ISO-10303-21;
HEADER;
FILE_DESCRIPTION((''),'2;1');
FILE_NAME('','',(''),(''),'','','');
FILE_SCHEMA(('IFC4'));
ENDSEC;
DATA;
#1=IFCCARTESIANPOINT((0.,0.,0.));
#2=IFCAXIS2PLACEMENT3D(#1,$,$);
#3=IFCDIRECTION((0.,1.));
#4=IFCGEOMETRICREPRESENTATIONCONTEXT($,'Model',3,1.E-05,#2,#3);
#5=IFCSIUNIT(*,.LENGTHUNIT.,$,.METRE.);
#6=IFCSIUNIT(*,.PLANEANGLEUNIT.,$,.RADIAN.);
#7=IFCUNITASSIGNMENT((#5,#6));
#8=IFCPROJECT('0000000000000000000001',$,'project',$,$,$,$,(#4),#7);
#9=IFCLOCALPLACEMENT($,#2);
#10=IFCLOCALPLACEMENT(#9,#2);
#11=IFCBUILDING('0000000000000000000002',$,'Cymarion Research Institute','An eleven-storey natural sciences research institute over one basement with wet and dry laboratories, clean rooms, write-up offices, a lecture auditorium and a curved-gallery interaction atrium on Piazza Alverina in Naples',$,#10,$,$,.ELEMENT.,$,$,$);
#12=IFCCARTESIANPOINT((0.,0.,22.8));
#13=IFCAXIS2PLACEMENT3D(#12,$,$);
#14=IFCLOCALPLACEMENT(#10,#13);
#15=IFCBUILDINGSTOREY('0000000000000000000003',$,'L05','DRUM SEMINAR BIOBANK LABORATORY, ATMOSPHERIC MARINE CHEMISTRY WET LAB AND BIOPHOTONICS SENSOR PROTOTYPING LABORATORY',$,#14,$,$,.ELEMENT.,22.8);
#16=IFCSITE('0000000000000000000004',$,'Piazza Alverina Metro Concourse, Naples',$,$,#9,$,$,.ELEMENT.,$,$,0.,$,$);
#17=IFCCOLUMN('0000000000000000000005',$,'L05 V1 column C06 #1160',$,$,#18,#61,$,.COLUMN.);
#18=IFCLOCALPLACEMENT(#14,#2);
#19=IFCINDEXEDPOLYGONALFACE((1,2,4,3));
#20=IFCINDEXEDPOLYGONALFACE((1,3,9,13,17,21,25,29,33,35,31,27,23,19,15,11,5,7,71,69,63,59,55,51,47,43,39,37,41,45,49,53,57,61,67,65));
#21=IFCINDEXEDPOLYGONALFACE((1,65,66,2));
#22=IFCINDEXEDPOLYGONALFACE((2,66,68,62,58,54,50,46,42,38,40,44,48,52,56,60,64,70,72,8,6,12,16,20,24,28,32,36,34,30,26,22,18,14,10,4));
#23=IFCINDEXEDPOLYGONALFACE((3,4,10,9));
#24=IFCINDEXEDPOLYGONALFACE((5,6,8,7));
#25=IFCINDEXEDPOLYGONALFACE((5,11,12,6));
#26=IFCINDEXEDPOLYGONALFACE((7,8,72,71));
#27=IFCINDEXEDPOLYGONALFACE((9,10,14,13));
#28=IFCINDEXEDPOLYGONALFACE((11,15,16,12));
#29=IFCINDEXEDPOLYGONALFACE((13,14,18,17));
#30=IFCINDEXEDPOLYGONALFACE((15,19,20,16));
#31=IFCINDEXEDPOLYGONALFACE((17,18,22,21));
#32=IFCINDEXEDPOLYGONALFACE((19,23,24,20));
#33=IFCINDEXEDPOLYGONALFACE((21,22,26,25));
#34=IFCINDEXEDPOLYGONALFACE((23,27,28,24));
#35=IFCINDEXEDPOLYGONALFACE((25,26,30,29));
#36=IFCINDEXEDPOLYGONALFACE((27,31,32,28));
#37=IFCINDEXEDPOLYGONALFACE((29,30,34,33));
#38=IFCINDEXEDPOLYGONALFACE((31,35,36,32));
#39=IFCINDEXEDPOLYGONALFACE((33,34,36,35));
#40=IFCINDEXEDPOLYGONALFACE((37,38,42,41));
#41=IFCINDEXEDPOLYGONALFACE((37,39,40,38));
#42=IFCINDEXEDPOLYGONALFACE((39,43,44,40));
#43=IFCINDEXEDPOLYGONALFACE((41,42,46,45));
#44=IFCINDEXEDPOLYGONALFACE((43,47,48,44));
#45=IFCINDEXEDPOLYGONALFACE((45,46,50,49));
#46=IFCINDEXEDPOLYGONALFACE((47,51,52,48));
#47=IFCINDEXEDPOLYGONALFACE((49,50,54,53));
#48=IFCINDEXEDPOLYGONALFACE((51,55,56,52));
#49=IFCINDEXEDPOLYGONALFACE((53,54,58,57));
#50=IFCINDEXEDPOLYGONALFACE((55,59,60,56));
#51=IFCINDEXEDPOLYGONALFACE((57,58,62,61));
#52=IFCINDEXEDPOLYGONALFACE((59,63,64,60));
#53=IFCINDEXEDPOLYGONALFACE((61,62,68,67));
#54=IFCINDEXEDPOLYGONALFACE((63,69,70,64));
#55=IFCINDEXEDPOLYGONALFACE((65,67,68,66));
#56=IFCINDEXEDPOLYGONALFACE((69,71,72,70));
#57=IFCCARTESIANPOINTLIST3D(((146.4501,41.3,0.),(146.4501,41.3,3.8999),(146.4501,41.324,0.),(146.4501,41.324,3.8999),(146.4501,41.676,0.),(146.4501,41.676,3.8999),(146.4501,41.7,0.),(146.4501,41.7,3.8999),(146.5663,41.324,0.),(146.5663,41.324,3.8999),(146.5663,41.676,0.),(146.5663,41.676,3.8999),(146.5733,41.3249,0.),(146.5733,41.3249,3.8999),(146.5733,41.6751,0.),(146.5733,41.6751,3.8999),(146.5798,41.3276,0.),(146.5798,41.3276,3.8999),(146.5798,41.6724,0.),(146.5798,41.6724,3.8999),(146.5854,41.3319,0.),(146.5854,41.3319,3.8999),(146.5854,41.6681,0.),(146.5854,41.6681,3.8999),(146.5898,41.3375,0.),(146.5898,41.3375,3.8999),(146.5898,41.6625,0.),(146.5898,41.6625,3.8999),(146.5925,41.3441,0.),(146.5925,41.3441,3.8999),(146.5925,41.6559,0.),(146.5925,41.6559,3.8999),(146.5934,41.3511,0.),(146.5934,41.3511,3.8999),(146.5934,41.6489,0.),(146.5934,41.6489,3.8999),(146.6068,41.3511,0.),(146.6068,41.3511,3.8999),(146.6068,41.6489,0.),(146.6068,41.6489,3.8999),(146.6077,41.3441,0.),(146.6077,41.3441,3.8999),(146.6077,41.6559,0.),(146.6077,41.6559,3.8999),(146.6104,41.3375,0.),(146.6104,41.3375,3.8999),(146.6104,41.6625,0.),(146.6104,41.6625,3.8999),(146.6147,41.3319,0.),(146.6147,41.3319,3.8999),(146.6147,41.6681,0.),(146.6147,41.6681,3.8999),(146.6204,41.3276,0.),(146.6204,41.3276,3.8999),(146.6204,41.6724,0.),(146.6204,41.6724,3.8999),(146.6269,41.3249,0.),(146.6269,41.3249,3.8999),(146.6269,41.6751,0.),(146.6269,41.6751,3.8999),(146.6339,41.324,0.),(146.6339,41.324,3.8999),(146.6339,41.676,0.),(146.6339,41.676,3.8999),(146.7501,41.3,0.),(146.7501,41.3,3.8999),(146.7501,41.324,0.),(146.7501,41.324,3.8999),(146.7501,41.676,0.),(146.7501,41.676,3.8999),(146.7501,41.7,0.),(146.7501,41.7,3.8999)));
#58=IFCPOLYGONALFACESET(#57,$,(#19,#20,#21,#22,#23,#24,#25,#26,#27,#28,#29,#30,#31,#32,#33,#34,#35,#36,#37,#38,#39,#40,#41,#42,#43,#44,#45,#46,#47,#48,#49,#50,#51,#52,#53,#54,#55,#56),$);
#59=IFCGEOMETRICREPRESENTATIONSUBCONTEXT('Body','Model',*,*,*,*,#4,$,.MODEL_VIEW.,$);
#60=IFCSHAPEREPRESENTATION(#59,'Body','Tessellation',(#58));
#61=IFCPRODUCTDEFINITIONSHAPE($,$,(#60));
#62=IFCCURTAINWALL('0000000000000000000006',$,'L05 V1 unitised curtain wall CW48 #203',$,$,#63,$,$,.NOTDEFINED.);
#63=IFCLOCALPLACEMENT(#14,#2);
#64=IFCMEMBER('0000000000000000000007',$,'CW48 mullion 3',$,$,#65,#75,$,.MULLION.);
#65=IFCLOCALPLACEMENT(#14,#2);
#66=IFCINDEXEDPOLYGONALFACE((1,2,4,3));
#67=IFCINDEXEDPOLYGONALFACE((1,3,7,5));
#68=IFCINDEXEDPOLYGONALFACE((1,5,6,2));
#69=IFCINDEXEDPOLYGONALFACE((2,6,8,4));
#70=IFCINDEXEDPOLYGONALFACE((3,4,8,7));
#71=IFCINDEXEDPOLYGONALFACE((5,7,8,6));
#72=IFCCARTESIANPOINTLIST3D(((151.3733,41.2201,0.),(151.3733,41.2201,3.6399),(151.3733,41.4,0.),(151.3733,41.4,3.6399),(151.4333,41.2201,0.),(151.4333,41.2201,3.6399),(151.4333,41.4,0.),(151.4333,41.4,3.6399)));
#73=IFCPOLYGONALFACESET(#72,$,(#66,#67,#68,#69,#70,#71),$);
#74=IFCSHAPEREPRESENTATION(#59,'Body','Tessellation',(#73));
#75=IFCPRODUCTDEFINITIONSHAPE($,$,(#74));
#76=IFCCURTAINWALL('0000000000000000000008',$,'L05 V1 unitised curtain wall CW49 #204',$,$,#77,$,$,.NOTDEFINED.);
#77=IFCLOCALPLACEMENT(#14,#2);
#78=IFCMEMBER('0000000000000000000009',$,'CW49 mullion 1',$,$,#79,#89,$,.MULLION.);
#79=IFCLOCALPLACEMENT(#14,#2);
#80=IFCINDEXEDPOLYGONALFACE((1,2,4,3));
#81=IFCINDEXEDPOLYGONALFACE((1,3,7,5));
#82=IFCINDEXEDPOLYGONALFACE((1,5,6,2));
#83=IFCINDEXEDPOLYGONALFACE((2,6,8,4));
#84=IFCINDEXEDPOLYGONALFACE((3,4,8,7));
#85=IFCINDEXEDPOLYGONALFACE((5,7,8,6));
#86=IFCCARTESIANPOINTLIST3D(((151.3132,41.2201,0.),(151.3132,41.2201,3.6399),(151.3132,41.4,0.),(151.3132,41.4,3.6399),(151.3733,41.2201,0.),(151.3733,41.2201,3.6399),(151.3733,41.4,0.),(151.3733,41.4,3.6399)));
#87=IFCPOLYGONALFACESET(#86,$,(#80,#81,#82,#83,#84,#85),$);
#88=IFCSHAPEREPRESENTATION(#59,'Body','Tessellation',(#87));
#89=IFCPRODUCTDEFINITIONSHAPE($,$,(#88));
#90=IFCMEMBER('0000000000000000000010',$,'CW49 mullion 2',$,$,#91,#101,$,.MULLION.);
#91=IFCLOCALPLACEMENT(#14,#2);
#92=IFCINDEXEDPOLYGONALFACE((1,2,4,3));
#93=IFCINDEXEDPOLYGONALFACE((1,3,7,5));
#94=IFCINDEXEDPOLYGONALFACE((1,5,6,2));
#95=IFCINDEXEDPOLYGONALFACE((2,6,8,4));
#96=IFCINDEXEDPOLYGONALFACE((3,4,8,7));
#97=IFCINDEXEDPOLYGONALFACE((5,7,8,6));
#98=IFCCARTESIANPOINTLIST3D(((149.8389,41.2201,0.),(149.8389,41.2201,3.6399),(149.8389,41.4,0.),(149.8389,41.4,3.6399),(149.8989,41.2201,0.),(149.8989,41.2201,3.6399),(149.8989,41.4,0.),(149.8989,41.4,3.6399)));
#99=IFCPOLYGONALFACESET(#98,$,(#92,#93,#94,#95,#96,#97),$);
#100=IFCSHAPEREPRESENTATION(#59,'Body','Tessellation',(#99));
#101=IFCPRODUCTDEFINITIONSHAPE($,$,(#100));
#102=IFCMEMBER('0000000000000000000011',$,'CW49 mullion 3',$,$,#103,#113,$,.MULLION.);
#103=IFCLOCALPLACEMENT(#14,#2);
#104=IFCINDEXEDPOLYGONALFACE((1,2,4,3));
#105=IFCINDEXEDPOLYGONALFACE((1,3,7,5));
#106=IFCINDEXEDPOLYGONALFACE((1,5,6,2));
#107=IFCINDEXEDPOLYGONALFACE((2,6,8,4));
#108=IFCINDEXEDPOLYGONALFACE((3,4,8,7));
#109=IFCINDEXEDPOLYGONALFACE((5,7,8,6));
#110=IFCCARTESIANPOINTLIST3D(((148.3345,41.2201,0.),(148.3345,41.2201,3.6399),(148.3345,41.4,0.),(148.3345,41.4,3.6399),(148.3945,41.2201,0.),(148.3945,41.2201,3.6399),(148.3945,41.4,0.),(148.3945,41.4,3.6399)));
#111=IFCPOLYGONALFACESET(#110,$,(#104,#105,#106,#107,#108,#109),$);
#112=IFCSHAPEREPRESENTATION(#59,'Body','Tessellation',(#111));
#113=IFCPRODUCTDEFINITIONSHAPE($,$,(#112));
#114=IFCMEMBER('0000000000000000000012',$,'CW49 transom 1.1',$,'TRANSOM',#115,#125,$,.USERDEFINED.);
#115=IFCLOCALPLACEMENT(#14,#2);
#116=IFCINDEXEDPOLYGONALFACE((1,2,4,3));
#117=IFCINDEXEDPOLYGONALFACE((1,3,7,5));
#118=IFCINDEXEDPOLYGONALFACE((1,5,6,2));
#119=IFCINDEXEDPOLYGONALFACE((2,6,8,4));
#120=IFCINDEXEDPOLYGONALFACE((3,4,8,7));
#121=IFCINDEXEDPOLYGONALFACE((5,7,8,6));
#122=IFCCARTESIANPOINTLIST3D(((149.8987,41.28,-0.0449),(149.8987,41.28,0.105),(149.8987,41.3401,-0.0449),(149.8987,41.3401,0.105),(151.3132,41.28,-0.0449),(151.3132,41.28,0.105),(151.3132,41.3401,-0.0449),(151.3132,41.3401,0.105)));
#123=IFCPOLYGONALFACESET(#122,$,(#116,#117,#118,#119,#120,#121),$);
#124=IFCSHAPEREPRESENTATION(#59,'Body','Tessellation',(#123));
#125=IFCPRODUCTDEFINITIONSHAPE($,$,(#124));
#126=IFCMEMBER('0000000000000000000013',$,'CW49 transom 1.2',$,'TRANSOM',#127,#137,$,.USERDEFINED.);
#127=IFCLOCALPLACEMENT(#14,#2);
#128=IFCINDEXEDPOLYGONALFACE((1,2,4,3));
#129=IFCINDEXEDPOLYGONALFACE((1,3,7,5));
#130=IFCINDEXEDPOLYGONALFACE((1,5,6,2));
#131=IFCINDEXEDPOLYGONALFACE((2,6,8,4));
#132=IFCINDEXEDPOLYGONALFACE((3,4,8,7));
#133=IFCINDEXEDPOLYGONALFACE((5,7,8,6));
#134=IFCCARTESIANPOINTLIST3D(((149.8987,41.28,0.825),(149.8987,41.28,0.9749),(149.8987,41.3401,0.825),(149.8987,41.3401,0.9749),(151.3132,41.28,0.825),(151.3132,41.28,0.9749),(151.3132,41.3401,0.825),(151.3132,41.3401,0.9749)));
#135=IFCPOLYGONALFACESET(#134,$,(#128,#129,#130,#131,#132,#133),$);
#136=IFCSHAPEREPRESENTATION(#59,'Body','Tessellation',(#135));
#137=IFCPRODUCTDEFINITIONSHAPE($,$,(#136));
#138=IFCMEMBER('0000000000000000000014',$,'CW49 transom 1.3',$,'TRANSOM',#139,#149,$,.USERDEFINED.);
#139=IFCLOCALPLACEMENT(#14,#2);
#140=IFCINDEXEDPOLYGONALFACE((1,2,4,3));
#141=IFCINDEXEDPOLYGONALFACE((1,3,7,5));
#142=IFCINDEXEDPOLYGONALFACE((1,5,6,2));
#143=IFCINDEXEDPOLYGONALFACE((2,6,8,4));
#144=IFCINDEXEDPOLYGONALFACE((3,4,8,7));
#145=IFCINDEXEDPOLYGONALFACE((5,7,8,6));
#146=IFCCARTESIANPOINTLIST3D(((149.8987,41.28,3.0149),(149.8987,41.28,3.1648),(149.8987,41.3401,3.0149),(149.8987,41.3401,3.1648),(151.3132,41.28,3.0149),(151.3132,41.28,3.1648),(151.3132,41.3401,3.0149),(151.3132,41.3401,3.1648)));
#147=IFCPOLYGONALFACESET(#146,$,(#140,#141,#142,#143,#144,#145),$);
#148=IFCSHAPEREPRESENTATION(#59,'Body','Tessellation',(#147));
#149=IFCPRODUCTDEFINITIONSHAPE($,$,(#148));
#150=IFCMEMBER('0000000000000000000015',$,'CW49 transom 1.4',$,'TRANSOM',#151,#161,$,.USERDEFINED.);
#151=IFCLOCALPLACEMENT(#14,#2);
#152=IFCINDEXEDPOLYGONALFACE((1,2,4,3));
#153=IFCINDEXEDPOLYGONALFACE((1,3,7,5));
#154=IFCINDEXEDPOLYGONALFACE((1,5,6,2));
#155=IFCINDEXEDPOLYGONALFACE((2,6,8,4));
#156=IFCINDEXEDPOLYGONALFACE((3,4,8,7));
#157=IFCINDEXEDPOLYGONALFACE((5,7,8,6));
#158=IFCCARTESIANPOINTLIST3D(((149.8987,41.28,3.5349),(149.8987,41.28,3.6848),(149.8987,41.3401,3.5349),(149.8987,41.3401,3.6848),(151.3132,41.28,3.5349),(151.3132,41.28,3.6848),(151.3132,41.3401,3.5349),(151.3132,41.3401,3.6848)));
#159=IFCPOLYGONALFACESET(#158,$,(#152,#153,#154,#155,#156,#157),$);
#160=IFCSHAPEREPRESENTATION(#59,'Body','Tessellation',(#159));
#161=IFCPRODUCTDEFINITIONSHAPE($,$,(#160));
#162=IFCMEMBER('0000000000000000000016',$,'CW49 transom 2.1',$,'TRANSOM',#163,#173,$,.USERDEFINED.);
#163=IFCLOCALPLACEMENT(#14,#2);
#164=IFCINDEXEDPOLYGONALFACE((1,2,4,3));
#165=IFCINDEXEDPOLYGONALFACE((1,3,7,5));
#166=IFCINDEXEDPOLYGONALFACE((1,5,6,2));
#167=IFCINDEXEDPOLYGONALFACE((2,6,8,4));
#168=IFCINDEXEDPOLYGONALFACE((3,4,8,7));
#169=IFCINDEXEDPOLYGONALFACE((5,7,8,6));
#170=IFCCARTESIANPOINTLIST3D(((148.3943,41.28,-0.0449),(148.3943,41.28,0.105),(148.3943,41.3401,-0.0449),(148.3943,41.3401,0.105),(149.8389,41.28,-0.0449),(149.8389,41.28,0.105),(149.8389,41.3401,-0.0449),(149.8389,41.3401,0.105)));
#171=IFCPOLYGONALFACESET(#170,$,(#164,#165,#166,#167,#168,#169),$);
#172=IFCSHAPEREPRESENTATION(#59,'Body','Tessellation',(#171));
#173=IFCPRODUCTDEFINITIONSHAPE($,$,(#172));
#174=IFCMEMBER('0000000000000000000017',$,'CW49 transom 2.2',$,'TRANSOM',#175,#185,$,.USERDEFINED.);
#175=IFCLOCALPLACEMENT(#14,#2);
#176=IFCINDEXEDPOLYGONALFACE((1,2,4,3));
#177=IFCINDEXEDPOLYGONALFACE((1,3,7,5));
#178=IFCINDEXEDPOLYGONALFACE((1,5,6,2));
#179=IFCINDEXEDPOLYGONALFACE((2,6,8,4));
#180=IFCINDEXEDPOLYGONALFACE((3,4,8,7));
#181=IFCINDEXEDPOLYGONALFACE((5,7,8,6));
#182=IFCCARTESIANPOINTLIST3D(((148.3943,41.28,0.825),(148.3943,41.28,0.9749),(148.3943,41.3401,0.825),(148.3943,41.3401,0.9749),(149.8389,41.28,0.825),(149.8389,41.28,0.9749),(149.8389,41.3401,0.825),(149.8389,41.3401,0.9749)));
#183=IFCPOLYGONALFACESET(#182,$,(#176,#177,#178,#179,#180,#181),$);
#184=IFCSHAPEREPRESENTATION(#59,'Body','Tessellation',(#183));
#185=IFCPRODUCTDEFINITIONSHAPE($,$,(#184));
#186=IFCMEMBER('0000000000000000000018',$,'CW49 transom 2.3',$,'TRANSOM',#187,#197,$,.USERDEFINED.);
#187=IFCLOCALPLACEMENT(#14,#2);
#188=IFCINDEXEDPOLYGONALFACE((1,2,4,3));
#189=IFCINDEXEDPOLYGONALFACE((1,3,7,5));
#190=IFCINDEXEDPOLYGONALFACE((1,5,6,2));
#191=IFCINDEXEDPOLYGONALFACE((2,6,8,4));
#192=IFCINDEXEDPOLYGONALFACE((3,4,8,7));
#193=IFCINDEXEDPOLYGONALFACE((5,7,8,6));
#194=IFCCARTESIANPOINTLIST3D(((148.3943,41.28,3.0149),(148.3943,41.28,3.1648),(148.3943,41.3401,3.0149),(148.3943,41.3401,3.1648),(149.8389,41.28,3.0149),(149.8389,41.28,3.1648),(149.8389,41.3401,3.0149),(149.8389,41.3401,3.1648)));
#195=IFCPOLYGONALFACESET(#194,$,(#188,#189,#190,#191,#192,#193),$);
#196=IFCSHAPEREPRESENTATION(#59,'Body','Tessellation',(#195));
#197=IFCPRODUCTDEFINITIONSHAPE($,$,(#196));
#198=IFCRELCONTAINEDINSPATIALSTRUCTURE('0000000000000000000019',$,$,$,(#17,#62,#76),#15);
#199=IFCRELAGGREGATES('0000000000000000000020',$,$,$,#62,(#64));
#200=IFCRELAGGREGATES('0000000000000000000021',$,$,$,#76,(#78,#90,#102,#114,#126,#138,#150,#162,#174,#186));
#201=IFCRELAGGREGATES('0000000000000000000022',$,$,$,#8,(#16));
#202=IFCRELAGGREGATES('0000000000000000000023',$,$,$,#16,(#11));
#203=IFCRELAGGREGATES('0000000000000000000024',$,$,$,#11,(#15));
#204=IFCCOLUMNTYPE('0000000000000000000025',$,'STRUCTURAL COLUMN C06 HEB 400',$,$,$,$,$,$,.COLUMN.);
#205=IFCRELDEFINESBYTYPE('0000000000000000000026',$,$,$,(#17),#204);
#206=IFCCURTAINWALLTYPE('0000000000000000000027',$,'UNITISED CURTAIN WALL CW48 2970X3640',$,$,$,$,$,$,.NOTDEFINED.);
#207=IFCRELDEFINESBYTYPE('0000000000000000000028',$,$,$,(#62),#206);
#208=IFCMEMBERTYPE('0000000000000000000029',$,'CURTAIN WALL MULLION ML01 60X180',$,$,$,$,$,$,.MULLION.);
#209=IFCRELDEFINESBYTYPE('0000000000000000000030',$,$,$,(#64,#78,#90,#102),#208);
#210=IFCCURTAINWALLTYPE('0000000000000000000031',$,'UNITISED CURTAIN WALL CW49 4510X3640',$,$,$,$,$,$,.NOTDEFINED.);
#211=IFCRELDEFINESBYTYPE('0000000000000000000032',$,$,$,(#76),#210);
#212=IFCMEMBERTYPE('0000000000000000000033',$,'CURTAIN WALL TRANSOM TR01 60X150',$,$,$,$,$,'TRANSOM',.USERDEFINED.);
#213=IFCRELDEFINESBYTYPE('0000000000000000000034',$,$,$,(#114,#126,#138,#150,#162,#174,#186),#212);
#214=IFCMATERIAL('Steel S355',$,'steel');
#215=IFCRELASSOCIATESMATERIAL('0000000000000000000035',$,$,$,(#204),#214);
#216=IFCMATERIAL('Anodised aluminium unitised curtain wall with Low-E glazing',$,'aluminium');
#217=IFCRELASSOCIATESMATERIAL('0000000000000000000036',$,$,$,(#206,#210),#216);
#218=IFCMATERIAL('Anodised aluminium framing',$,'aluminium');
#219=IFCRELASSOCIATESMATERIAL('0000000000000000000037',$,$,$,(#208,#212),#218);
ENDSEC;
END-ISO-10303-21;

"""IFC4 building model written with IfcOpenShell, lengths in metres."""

from ifc_helpers import new_model, si_unit, direction, frame, origin, origin_2d, place, context, subcontext, project, spatial, rectangle, i_section, extrude, material, material_profile, profile_set, type_object, element, aggregate, save


model = new_model("IFC4")

# Units and contexts
model_context = context("Model", 3, precision=1e-05, world=origin(), true_north=direction((0.0, 1.0)))
body_context = subcontext(model_context, "Body", "Model", "MODEL_VIEW")
ifc_project = project(units=[si_unit("LENGTHUNIT", "METRE"), si_unit("PLANEANGLEUNIT", "RADIAN")], contexts=[model_context])

# Site, building, storey
site_placement = place(None, origin())
site = spatial("IfcSite", under=ifc_project, at=site_placement, Name="Piazza Alverina Metro Concourse, Naples", CompositionType="ELEMENT", RefElevation=0.0)
building_placement = place(site_placement, origin())
building = spatial("IfcBuilding", under=site, at=building_placement, Name="Cymarion Research Institute", Description="An eleven-storey natural sciences research institute over one basement with wet and dry laboratories, clean rooms, write-up offices, a lecture auditorium and a curved-gallery interaction atrium on Piazza Alverina in Naples", CompositionType="ELEMENT")
storey_placement = place(building_placement, frame((0.0, 0.0, 22.8)))
storey = spatial("IfcBuildingStorey", under=building, at=storey_placement, Name="L05", Description="DRUM SEMINAR BIOBANK LABORATORY, ATMOSPHERIC MARINE CHEMISTRY WET LAB AND BIOPHOTONICS SENSOR PROTOTYPING LABORATORY", CompositionType="ELEMENT", Elevation=22.8)

# Column
ifc_material_1 = material(Name="Steel S355", Category="steel")
ifc_material_profile_1 = material_profile(ifc_material_1, i_section(OverallWidth=0.3, OverallDepth=0.3999, WebThickness=0.0134, FlangeThickness=0.0239, FilletRadius=0.0271, at=origin_2d()), Name="HEB 400")
ifc_profile_set_1 = profile_set([ifc_material_profile_1], Name="Steel S355")
column_type = type_object("IfcColumnType", Name="STRUCTURAL COLUMN C06 HEB 400", PredefinedType="COLUMN", material=ifc_profile_set_1)
column_placement = place(storey_placement, frame((146.6001, 41.5, 0.0), z_axis=(0.0, 0.0, 1.0), x_axis=(1.0, 0.0, 0.0)))
element("IfcColumn", 1, at=column_placement, inside=storey, type_object=column_type, Name="L05 V1 column C06 #1160", PredefinedType="COLUMN", context=body_context, shape_type="SweptSolid", body=[
    extrude(i_section(OverallWidth=0.3, OverallDepth=0.3999, WebThickness=0.0134, FlangeThickness=0.0239, FilletRadius=0.0271, at=origin_2d()), origin(), (0.0, 0.0, 1.0), 3.8999),
])

# Curtain wall, member
ifc_material_2 = material(Name="Anodised aluminium unitised curtain wall with Low-E glazing", Category="aluminium")
curtain_wall_type_1 = type_object("IfcCurtainWallType", Name="UNITISED CURTAIN WALL CW48 2970X3640", PredefinedType="NOTDEFINED", material=ifc_material_2)
curtain_wall_1_placement = place(storey_placement, origin())
curtain_wall_1 = element("IfcCurtainWall", 2, at=curtain_wall_1_placement, inside=storey, type_object=curtain_wall_type_1, Name="L05 V1 unitised curtain wall CW48 #203", PredefinedType="NOTDEFINED")
ifc_material_3 = material(Name="Anodised aluminium framing", Category="aluminium")
ifc_material_profile_2 = material_profile(ifc_material_3, rectangle(XDim=0.0601, YDim=0.1799, at=origin_2d()), Name="ALU MULLION 60x180")
ifc_profile_set_2 = profile_set([ifc_material_profile_2], Name="Anodised aluminium framing")
member_type_1 = type_object("IfcMemberType", Name="CURTAIN WALL MULLION ML01 60X180", PredefinedType="MULLION", material=ifc_profile_set_2)
member_1_placement = place(storey_placement, frame((151.4033, 41.3101, 0.0), z_axis=(0.0, 0.0, 1.0), x_axis=(-1.0, 0.0, 0.0)))
member_1 = element("IfcMember", 3, at=member_1_placement, type_object=member_type_1, Name="CW48 mullion 3", PredefinedType="MULLION", context=body_context, shape_type="SweptSolid", body=[
    extrude(rectangle(XDim=0.0601, YDim=0.1799, at=origin_2d()), origin(), (0.0, 0.0, 1.0), 3.6399),
])
aggregate(curtain_wall_1, [member_1])

# Curtain wall, members
curtain_wall_type_2 = type_object("IfcCurtainWallType", Name="UNITISED CURTAIN WALL CW49 4510X3640", PredefinedType="NOTDEFINED", material=ifc_material_2)
curtain_wall_2_placement = place(storey_placement, origin())
curtain_wall_2 = element("IfcCurtainWall", 4, at=curtain_wall_2_placement, inside=storey, type_object=curtain_wall_type_2, Name="L05 V1 unitised curtain wall CW49 #204", PredefinedType="NOTDEFINED")
member_2_placement = place(storey_placement, frame((151.3433, 41.3101, 0.0), z_axis=(0.0, 0.0, 1.0), x_axis=(-1.0, 0.0, 0.0)))
member_2 = element("IfcMember", 5, at=member_2_placement, type_object=member_type_1, Name="CW49 mullion 1", PredefinedType="MULLION", context=body_context, shape_type="SweptSolid", body=[
    extrude(rectangle(XDim=0.0601, YDim=0.1799, at=origin_2d()), origin(), (0.0, 0.0, 1.0), 3.6399),
])
member_3_placement = place(storey_placement, frame((149.8689, 41.3101, 0.0), z_axis=(0.0, 0.0, 1.0), x_axis=(-1.0, 0.0, 0.0)))
member_3 = element("IfcMember", 6, at=member_3_placement, type_object=member_type_1, Name="CW49 mullion 2", PredefinedType="MULLION", context=body_context, shape_type="SweptSolid", body=[
    extrude(rectangle(XDim=0.0601, YDim=0.1799, at=origin_2d()), origin(), (0.0, 0.0, 1.0), 3.6399),
])
member_4_placement = place(storey_placement, frame((148.3645, 41.3101, 0.0), z_axis=(0.0, 0.0, 1.0), x_axis=(-1.0, 0.0, 0.0)))
member_4 = element("IfcMember", 7, at=member_4_placement, type_object=member_type_1, Name="CW49 mullion 3", PredefinedType="MULLION", context=body_context, shape_type="SweptSolid", body=[
    extrude(rectangle(XDim=0.0601, YDim=0.1799, at=origin_2d()), origin(), (0.0, 0.0, 1.0), 3.6399),
])
ifc_material_profile_3 = material_profile(ifc_material_3, rectangle(XDim=0.0601, YDim=0.1499, at=origin_2d()), Name="ALU TRANSOM 60x150")
ifc_profile_set_3 = profile_set([ifc_material_profile_3], Name="Anodised aluminium framing")
member_type_2 = type_object("IfcMemberType", Name="CURTAIN WALL TRANSOM TR01 60X150", ElementType="TRANSOM", PredefinedType="USERDEFINED", material=ifc_profile_set_3)
member_5_placement = place(storey_placement, frame((151.3132, 41.3101, 0.03), z_axis=(-1.0, 0.0, 0.0), x_axis=(0.0, -1.0, 0.0)))
member_5 = element("IfcMember", 8, at=member_5_placement, type_object=member_type_2, Name="CW49 transom 1.1", ObjectType="TRANSOM", PredefinedType="USERDEFINED", context=body_context, shape_type="SweptSolid", body=[
    extrude(rectangle(XDim=0.0601, YDim=0.1499, at=origin_2d()), origin(), (0.0, 0.0, 1.0), 1.4146),
])
member_6_placement = place(storey_placement, frame((151.3132, 41.3101, 0.8999), z_axis=(-1.0, 0.0, 0.0), x_axis=(0.0, -1.0, 0.0)))
member_6 = element("IfcMember", 9, at=member_6_placement, type_object=member_type_2, Name="CW49 transom 1.2", ObjectType="TRANSOM", PredefinedType="USERDEFINED", context=body_context, shape_type="SweptSolid", body=[
    extrude(rectangle(XDim=0.0601, YDim=0.1499, at=origin_2d()), origin(), (0.0, 0.0, 1.0), 1.4146),
])
member_7_placement = place(storey_placement, frame((151.3132, 41.3101, 3.0898), z_axis=(-1.0, 0.0, 0.0), x_axis=(0.0, -1.0, 0.0)))
member_7 = element("IfcMember", 10, at=member_7_placement, type_object=member_type_2, Name="CW49 transom 1.3", ObjectType="TRANSOM", PredefinedType="USERDEFINED", context=body_context, shape_type="SweptSolid", body=[
    extrude(rectangle(XDim=0.0601, YDim=0.1499, at=origin_2d()), origin(), (0.0, 0.0, 1.0), 1.4146),
])
member_8_placement = place(storey_placement, frame((151.3132, 41.3101, 3.6099), z_axis=(-1.0, 0.0, 0.0), x_axis=(0.0, -1.0, 0.0)))
member_8 = element("IfcMember", 11, at=member_8_placement, type_object=member_type_2, Name="CW49 transom 1.4", ObjectType="TRANSOM", PredefinedType="USERDEFINED", context=body_context, shape_type="SweptSolid", body=[
    extrude(rectangle(XDim=0.0601, YDim=0.1499, at=origin_2d()), origin(), (0.0, 0.0, 1.0), 1.4146),
])
member_9_placement = place(storey_placement, frame((149.8389, 41.3101, 0.03), z_axis=(-1.0, 0.0, 0.0), x_axis=(0.0, -1.0, 0.0)))
member_9 = element("IfcMember", 12, at=member_9_placement, type_object=member_type_2, Name="CW49 transom 2.1", ObjectType="TRANSOM", PredefinedType="USERDEFINED", context=body_context, shape_type="SweptSolid", body=[
    extrude(rectangle(XDim=0.0601, YDim=0.1499, at=origin_2d()), origin(), (0.0, 0.0, 1.0), 1.4446),
])
member_10_placement = place(storey_placement, frame((149.8389, 41.3101, 0.8999), z_axis=(-1.0, 0.0, 0.0), x_axis=(0.0, -1.0, 0.0)))
member_10 = element("IfcMember", 13, at=member_10_placement, type_object=member_type_2, Name="CW49 transom 2.2", ObjectType="TRANSOM", PredefinedType="USERDEFINED", context=body_context, shape_type="SweptSolid", body=[
    extrude(rectangle(XDim=0.0601, YDim=0.1499, at=origin_2d()), origin(), (0.0, 0.0, 1.0), 1.4446),
])
member_11_placement = place(storey_placement, frame((149.8389, 41.3101, 3.0898), z_axis=(-1.0, 0.0, 0.0), x_axis=(0.0, -1.0, 0.0)))
member_11 = element("IfcMember", 14, at=member_11_placement, type_object=member_type_2, Name="CW49 transom 2.3", ObjectType="TRANSOM", PredefinedType="USERDEFINED", context=body_context, shape_type="SweptSolid", body=[
    extrude(rectangle(XDim=0.0601, YDim=0.1499, at=origin_2d()), origin(), (0.0, 0.0, 1.0), 1.4446),
])

aggregate(curtain_wall_2, [member_2, member_3, member_4, member_5, member_6, member_7, member_8, member_9, member_10, member_11])

save(model, "model.ifc")
